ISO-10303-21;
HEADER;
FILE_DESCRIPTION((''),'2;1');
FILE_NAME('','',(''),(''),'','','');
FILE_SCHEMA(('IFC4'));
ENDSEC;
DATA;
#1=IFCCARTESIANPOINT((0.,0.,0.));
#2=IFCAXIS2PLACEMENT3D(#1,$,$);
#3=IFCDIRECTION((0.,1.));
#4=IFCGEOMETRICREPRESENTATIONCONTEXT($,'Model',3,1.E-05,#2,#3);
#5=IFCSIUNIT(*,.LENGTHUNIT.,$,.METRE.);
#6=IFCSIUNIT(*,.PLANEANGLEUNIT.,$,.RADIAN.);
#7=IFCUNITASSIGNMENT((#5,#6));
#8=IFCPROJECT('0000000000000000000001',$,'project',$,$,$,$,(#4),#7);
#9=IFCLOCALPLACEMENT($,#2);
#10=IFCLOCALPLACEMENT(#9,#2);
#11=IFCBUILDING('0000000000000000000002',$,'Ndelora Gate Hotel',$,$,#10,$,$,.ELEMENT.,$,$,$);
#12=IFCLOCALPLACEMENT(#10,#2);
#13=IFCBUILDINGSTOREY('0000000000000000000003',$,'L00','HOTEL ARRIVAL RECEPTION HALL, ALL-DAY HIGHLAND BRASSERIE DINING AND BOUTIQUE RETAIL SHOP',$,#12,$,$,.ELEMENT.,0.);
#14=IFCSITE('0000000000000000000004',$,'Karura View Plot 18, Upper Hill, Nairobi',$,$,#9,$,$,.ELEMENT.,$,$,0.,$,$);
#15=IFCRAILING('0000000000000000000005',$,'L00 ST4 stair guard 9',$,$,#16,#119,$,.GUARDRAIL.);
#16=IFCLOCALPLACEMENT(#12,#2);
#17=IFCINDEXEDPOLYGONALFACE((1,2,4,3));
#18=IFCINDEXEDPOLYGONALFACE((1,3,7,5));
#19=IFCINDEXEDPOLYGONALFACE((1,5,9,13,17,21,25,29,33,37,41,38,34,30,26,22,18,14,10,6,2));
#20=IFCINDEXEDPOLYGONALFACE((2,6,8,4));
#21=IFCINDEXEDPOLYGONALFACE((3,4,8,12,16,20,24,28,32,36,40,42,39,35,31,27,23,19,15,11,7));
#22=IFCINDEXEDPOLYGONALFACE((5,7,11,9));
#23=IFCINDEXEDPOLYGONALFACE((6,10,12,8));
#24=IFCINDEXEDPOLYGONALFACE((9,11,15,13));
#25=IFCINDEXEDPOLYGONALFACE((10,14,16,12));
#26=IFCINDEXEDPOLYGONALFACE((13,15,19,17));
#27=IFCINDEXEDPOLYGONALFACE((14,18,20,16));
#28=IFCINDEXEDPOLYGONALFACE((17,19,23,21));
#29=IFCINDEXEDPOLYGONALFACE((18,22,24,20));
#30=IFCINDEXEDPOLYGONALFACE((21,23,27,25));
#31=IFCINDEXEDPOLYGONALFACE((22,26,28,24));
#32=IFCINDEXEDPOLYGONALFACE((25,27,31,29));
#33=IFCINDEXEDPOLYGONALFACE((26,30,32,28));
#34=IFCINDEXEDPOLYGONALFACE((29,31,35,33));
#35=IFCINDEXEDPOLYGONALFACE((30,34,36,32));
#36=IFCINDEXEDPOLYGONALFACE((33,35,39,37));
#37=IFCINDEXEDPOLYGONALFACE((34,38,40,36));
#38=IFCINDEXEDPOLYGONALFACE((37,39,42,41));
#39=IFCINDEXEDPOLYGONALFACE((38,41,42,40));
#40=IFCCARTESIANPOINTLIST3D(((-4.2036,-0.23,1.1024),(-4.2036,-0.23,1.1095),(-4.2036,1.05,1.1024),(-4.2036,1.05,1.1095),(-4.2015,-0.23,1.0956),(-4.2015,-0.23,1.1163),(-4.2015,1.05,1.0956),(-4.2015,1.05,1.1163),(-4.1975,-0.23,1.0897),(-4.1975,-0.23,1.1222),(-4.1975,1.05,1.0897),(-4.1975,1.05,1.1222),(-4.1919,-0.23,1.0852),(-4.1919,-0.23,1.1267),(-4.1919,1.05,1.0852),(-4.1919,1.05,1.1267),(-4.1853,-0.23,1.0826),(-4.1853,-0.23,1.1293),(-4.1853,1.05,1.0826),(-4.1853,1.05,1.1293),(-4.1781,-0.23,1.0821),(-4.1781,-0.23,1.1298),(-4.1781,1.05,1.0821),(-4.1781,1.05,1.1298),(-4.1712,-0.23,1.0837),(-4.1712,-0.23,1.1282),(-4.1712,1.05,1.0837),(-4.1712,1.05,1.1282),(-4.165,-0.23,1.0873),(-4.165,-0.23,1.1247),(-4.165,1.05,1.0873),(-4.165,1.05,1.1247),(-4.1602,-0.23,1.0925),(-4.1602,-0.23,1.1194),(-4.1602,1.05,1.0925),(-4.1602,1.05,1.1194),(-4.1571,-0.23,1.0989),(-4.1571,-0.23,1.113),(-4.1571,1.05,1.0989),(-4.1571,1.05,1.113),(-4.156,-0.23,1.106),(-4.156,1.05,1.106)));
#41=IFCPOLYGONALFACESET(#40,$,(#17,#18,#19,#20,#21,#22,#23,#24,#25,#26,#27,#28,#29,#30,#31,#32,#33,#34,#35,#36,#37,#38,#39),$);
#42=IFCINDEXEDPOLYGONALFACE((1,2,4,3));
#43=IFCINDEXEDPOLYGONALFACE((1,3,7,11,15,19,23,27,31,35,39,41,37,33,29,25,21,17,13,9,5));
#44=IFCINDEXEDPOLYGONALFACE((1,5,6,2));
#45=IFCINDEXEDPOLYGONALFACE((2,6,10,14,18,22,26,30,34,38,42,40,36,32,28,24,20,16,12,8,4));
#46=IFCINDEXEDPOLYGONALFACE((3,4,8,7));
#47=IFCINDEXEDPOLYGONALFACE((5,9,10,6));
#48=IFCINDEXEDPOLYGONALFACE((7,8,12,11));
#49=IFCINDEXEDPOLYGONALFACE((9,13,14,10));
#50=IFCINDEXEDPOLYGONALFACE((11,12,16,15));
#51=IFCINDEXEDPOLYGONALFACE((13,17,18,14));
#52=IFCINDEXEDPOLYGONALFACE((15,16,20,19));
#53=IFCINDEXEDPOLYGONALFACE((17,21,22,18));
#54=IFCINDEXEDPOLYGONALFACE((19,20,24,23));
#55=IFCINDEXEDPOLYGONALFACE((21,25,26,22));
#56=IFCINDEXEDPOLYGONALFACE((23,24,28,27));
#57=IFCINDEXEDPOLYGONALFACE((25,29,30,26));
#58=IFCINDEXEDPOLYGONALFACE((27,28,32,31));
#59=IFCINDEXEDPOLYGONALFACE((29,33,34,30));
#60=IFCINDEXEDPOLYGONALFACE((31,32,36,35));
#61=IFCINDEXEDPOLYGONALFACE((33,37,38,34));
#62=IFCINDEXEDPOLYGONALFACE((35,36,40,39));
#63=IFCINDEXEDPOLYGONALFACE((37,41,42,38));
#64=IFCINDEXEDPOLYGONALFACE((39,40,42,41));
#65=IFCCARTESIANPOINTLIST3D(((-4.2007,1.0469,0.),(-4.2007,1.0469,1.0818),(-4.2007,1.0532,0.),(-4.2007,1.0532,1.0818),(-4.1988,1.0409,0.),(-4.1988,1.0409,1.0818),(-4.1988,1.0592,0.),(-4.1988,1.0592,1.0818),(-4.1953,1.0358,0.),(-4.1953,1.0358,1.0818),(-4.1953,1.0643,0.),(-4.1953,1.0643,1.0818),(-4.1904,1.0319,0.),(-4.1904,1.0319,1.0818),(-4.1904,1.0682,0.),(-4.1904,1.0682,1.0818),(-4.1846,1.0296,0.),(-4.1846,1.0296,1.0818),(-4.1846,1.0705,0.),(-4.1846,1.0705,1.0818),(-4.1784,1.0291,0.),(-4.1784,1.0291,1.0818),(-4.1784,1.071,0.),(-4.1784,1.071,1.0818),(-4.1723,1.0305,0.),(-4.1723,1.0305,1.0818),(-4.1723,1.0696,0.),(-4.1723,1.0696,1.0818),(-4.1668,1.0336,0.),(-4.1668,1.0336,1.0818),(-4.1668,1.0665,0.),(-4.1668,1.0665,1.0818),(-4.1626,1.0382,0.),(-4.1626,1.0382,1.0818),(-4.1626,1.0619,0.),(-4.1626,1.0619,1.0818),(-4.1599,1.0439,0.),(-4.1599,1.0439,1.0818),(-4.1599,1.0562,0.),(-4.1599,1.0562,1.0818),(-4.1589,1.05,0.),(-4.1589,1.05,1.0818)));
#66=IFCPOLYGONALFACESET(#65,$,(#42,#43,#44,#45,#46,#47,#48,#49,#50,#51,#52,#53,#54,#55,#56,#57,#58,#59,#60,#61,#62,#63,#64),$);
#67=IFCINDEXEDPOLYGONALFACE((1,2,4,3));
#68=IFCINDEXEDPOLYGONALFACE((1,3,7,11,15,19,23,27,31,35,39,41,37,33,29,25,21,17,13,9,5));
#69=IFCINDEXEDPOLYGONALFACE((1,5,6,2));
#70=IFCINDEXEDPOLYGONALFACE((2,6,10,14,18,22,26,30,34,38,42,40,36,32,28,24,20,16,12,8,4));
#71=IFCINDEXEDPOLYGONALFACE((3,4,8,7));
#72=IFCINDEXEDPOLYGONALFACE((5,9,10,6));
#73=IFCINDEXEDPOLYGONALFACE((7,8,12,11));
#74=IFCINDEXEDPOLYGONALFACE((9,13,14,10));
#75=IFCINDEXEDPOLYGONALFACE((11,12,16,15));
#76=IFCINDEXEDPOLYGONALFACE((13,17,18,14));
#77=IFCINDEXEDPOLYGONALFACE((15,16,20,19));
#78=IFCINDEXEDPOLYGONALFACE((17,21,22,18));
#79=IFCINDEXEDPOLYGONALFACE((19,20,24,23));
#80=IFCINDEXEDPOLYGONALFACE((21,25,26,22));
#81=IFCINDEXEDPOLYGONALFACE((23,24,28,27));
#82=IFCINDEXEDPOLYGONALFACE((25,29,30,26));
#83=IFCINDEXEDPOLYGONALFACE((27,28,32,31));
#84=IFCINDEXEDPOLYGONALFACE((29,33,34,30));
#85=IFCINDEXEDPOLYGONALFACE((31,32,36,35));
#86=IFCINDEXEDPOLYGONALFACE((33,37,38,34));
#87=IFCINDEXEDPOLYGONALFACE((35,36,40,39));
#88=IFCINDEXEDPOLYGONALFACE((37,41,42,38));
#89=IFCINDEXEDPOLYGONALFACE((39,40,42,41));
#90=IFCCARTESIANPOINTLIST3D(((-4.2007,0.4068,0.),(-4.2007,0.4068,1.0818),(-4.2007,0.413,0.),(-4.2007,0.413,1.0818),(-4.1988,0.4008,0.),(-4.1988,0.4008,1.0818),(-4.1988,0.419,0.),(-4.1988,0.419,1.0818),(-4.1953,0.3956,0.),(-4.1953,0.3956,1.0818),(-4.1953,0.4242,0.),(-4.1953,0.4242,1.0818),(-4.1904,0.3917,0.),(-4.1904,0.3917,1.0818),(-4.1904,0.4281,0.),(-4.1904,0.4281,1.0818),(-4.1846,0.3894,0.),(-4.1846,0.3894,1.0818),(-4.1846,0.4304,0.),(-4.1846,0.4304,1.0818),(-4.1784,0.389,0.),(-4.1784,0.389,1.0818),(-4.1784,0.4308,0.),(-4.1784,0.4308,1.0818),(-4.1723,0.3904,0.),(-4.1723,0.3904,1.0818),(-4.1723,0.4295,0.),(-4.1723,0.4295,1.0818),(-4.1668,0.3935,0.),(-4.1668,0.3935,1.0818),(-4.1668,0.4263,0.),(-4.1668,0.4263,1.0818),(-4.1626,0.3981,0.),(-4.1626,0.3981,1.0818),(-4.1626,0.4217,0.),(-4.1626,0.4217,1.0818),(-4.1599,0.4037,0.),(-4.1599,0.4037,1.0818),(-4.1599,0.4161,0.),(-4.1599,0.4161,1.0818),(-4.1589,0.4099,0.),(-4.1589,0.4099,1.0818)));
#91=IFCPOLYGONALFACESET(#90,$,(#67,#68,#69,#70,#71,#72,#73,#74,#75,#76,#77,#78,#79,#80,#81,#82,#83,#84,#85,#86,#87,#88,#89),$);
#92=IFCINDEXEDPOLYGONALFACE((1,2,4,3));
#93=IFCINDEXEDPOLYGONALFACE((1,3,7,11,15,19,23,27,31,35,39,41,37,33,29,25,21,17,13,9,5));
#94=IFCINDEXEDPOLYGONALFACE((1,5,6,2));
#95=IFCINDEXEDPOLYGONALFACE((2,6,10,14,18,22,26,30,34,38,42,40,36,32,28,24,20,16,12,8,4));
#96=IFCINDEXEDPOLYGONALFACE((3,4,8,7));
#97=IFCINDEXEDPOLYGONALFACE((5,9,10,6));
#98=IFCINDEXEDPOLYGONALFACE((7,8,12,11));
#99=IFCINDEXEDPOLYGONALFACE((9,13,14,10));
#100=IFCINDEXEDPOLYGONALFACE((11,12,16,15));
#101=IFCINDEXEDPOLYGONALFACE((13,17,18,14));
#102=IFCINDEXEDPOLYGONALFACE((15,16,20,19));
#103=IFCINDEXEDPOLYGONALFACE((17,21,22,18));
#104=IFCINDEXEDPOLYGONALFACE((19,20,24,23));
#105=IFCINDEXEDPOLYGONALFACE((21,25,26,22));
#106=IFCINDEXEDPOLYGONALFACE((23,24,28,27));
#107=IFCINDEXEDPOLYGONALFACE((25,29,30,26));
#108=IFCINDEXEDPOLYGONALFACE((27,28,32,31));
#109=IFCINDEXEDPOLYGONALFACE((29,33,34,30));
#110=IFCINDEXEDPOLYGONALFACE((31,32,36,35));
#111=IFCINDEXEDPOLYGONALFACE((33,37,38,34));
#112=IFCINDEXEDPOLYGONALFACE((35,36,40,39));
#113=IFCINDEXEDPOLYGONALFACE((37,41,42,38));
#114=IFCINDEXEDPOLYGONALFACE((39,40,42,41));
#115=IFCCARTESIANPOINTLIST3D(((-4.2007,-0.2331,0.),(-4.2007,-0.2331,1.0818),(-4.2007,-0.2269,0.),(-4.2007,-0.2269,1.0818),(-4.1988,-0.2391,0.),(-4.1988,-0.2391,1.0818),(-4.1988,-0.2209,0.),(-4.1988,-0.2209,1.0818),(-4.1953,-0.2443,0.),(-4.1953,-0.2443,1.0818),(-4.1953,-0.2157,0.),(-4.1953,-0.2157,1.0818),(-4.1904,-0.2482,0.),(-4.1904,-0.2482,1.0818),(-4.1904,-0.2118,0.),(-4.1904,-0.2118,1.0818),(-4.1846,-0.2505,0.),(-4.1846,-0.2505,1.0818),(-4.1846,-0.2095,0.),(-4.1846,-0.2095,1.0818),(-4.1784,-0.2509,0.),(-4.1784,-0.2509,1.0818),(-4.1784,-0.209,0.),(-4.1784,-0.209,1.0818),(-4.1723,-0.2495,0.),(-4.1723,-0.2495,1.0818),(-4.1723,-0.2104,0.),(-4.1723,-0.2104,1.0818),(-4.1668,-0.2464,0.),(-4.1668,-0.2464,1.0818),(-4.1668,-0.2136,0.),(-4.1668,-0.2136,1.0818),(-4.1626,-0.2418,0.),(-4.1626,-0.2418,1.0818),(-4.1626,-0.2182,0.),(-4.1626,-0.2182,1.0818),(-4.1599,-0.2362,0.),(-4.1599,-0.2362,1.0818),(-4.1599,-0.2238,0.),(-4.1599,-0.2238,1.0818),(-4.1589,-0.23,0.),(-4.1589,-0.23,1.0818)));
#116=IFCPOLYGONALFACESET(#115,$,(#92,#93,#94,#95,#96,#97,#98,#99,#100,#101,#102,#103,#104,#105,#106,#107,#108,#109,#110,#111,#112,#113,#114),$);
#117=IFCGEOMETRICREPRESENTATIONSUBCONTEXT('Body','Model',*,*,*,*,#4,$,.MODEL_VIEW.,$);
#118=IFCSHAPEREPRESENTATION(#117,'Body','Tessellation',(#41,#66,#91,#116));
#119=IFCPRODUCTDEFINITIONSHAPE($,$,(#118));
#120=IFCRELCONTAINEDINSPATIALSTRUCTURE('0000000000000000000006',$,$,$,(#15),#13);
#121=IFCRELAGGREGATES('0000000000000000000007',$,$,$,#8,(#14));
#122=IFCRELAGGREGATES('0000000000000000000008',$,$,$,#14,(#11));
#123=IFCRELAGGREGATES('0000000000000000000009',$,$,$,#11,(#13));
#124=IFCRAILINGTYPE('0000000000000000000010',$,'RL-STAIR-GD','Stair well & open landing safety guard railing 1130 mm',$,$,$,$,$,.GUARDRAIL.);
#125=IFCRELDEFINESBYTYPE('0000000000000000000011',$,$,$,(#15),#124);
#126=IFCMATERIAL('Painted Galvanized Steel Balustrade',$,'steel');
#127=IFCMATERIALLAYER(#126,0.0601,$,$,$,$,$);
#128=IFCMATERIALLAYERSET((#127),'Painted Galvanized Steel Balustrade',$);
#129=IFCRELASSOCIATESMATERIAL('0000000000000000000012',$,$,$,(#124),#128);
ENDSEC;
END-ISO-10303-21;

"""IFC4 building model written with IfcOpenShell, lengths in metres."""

from ifc_helpers import new_model, si_unit, direction, frame, origin, origin_2d, place, context, subcontext, project, spatial, circle, extrude, material, layer, layer_set, type_object, element, save


model = new_model("IFC4")

# Units and contexts
model_context = context("Model", 3, precision=1e-05, world=origin(), true_north=direction((0.0, 1.0)))
body_context = subcontext(model_context, "Body", "Model", "MODEL_VIEW")
ifc_project = project(units=[si_unit("LENGTHUNIT", "METRE"), si_unit("PLANEANGLEUNIT", "RADIAN")], contexts=[model_context])

# Site, building, storey
site_placement = place(None, origin())
site = spatial("IfcSite", under=ifc_project, at=site_placement, Name="Karura View Plot 18, Upper Hill, Nairobi", CompositionType="ELEMENT", RefElevation=0.0)
building_placement = place(site_placement, origin())
building = spatial("IfcBuilding", under=site, at=building_placement, Name="Ndelora Gate Hotel", CompositionType="ELEMENT")
storey_placement = place(building_placement, origin())
storey = spatial("IfcBuildingStorey", under=building, at=storey_placement, Name="L00", Description="HOTEL ARRIVAL RECEPTION HALL, ALL-DAY HIGHLAND BRASSERIE DINING AND BOUTIQUE RETAIL SHOP", CompositionType="ELEMENT", Elevation=0.0)

# Railing
ifc_material_1 = material(Name="Painted Galvanized Steel Balustrade", Category="steel")
ifc_layer_1 = layer(ifc_material_1, 0.0601)
ifc_layer_set_1 = layer_set([ifc_layer_1], Name="Painted Galvanized Steel Balustrade")
railing_type = type_object("IfcRailingType", Name="RL-STAIR-GD", Description="Stair well & open landing safety guard railing 1130 mm", PredefinedType="GUARDRAIL", material=ifc_layer_set_1)
for number, where, name in (
    (1, (-4.1799, 1.05, 0.0), "L00 ST4 stair guard 9"),
):
    element("IfcRailing", number, at=place(storey_placement, frame(where)), inside=storey, type_object=railing_type, Name=name, PredefinedType="GUARDRAIL", context=body_context, shape_type="SweptSolid", body=[
        extrude(circle(Radius=0.0239, at=origin_2d()), frame((0.0, 0.0, 1.106), z_axis=(0.0, -1.0, 0.0), x_axis=(1.0, 0.0, 0.0)), (0.0, 0.0, 1.0), 1.28),
        extrude(circle(Radius=0.021, at=origin_2d()), origin(), (0.0, 0.0, 1.0), 1.0818),
        extrude(circle(Radius=0.021, at=origin_2d()), frame((0.0, -0.6401, 0.0)), (0.0, 0.0, 1.0), 1.0818),
        extrude(circle(Radius=0.021, at=origin_2d()), frame((0.0, -1.28, 0.0)), (0.0, 0.0, 1.0), 1.0818),
    ])

save(model, "model.ifc")
